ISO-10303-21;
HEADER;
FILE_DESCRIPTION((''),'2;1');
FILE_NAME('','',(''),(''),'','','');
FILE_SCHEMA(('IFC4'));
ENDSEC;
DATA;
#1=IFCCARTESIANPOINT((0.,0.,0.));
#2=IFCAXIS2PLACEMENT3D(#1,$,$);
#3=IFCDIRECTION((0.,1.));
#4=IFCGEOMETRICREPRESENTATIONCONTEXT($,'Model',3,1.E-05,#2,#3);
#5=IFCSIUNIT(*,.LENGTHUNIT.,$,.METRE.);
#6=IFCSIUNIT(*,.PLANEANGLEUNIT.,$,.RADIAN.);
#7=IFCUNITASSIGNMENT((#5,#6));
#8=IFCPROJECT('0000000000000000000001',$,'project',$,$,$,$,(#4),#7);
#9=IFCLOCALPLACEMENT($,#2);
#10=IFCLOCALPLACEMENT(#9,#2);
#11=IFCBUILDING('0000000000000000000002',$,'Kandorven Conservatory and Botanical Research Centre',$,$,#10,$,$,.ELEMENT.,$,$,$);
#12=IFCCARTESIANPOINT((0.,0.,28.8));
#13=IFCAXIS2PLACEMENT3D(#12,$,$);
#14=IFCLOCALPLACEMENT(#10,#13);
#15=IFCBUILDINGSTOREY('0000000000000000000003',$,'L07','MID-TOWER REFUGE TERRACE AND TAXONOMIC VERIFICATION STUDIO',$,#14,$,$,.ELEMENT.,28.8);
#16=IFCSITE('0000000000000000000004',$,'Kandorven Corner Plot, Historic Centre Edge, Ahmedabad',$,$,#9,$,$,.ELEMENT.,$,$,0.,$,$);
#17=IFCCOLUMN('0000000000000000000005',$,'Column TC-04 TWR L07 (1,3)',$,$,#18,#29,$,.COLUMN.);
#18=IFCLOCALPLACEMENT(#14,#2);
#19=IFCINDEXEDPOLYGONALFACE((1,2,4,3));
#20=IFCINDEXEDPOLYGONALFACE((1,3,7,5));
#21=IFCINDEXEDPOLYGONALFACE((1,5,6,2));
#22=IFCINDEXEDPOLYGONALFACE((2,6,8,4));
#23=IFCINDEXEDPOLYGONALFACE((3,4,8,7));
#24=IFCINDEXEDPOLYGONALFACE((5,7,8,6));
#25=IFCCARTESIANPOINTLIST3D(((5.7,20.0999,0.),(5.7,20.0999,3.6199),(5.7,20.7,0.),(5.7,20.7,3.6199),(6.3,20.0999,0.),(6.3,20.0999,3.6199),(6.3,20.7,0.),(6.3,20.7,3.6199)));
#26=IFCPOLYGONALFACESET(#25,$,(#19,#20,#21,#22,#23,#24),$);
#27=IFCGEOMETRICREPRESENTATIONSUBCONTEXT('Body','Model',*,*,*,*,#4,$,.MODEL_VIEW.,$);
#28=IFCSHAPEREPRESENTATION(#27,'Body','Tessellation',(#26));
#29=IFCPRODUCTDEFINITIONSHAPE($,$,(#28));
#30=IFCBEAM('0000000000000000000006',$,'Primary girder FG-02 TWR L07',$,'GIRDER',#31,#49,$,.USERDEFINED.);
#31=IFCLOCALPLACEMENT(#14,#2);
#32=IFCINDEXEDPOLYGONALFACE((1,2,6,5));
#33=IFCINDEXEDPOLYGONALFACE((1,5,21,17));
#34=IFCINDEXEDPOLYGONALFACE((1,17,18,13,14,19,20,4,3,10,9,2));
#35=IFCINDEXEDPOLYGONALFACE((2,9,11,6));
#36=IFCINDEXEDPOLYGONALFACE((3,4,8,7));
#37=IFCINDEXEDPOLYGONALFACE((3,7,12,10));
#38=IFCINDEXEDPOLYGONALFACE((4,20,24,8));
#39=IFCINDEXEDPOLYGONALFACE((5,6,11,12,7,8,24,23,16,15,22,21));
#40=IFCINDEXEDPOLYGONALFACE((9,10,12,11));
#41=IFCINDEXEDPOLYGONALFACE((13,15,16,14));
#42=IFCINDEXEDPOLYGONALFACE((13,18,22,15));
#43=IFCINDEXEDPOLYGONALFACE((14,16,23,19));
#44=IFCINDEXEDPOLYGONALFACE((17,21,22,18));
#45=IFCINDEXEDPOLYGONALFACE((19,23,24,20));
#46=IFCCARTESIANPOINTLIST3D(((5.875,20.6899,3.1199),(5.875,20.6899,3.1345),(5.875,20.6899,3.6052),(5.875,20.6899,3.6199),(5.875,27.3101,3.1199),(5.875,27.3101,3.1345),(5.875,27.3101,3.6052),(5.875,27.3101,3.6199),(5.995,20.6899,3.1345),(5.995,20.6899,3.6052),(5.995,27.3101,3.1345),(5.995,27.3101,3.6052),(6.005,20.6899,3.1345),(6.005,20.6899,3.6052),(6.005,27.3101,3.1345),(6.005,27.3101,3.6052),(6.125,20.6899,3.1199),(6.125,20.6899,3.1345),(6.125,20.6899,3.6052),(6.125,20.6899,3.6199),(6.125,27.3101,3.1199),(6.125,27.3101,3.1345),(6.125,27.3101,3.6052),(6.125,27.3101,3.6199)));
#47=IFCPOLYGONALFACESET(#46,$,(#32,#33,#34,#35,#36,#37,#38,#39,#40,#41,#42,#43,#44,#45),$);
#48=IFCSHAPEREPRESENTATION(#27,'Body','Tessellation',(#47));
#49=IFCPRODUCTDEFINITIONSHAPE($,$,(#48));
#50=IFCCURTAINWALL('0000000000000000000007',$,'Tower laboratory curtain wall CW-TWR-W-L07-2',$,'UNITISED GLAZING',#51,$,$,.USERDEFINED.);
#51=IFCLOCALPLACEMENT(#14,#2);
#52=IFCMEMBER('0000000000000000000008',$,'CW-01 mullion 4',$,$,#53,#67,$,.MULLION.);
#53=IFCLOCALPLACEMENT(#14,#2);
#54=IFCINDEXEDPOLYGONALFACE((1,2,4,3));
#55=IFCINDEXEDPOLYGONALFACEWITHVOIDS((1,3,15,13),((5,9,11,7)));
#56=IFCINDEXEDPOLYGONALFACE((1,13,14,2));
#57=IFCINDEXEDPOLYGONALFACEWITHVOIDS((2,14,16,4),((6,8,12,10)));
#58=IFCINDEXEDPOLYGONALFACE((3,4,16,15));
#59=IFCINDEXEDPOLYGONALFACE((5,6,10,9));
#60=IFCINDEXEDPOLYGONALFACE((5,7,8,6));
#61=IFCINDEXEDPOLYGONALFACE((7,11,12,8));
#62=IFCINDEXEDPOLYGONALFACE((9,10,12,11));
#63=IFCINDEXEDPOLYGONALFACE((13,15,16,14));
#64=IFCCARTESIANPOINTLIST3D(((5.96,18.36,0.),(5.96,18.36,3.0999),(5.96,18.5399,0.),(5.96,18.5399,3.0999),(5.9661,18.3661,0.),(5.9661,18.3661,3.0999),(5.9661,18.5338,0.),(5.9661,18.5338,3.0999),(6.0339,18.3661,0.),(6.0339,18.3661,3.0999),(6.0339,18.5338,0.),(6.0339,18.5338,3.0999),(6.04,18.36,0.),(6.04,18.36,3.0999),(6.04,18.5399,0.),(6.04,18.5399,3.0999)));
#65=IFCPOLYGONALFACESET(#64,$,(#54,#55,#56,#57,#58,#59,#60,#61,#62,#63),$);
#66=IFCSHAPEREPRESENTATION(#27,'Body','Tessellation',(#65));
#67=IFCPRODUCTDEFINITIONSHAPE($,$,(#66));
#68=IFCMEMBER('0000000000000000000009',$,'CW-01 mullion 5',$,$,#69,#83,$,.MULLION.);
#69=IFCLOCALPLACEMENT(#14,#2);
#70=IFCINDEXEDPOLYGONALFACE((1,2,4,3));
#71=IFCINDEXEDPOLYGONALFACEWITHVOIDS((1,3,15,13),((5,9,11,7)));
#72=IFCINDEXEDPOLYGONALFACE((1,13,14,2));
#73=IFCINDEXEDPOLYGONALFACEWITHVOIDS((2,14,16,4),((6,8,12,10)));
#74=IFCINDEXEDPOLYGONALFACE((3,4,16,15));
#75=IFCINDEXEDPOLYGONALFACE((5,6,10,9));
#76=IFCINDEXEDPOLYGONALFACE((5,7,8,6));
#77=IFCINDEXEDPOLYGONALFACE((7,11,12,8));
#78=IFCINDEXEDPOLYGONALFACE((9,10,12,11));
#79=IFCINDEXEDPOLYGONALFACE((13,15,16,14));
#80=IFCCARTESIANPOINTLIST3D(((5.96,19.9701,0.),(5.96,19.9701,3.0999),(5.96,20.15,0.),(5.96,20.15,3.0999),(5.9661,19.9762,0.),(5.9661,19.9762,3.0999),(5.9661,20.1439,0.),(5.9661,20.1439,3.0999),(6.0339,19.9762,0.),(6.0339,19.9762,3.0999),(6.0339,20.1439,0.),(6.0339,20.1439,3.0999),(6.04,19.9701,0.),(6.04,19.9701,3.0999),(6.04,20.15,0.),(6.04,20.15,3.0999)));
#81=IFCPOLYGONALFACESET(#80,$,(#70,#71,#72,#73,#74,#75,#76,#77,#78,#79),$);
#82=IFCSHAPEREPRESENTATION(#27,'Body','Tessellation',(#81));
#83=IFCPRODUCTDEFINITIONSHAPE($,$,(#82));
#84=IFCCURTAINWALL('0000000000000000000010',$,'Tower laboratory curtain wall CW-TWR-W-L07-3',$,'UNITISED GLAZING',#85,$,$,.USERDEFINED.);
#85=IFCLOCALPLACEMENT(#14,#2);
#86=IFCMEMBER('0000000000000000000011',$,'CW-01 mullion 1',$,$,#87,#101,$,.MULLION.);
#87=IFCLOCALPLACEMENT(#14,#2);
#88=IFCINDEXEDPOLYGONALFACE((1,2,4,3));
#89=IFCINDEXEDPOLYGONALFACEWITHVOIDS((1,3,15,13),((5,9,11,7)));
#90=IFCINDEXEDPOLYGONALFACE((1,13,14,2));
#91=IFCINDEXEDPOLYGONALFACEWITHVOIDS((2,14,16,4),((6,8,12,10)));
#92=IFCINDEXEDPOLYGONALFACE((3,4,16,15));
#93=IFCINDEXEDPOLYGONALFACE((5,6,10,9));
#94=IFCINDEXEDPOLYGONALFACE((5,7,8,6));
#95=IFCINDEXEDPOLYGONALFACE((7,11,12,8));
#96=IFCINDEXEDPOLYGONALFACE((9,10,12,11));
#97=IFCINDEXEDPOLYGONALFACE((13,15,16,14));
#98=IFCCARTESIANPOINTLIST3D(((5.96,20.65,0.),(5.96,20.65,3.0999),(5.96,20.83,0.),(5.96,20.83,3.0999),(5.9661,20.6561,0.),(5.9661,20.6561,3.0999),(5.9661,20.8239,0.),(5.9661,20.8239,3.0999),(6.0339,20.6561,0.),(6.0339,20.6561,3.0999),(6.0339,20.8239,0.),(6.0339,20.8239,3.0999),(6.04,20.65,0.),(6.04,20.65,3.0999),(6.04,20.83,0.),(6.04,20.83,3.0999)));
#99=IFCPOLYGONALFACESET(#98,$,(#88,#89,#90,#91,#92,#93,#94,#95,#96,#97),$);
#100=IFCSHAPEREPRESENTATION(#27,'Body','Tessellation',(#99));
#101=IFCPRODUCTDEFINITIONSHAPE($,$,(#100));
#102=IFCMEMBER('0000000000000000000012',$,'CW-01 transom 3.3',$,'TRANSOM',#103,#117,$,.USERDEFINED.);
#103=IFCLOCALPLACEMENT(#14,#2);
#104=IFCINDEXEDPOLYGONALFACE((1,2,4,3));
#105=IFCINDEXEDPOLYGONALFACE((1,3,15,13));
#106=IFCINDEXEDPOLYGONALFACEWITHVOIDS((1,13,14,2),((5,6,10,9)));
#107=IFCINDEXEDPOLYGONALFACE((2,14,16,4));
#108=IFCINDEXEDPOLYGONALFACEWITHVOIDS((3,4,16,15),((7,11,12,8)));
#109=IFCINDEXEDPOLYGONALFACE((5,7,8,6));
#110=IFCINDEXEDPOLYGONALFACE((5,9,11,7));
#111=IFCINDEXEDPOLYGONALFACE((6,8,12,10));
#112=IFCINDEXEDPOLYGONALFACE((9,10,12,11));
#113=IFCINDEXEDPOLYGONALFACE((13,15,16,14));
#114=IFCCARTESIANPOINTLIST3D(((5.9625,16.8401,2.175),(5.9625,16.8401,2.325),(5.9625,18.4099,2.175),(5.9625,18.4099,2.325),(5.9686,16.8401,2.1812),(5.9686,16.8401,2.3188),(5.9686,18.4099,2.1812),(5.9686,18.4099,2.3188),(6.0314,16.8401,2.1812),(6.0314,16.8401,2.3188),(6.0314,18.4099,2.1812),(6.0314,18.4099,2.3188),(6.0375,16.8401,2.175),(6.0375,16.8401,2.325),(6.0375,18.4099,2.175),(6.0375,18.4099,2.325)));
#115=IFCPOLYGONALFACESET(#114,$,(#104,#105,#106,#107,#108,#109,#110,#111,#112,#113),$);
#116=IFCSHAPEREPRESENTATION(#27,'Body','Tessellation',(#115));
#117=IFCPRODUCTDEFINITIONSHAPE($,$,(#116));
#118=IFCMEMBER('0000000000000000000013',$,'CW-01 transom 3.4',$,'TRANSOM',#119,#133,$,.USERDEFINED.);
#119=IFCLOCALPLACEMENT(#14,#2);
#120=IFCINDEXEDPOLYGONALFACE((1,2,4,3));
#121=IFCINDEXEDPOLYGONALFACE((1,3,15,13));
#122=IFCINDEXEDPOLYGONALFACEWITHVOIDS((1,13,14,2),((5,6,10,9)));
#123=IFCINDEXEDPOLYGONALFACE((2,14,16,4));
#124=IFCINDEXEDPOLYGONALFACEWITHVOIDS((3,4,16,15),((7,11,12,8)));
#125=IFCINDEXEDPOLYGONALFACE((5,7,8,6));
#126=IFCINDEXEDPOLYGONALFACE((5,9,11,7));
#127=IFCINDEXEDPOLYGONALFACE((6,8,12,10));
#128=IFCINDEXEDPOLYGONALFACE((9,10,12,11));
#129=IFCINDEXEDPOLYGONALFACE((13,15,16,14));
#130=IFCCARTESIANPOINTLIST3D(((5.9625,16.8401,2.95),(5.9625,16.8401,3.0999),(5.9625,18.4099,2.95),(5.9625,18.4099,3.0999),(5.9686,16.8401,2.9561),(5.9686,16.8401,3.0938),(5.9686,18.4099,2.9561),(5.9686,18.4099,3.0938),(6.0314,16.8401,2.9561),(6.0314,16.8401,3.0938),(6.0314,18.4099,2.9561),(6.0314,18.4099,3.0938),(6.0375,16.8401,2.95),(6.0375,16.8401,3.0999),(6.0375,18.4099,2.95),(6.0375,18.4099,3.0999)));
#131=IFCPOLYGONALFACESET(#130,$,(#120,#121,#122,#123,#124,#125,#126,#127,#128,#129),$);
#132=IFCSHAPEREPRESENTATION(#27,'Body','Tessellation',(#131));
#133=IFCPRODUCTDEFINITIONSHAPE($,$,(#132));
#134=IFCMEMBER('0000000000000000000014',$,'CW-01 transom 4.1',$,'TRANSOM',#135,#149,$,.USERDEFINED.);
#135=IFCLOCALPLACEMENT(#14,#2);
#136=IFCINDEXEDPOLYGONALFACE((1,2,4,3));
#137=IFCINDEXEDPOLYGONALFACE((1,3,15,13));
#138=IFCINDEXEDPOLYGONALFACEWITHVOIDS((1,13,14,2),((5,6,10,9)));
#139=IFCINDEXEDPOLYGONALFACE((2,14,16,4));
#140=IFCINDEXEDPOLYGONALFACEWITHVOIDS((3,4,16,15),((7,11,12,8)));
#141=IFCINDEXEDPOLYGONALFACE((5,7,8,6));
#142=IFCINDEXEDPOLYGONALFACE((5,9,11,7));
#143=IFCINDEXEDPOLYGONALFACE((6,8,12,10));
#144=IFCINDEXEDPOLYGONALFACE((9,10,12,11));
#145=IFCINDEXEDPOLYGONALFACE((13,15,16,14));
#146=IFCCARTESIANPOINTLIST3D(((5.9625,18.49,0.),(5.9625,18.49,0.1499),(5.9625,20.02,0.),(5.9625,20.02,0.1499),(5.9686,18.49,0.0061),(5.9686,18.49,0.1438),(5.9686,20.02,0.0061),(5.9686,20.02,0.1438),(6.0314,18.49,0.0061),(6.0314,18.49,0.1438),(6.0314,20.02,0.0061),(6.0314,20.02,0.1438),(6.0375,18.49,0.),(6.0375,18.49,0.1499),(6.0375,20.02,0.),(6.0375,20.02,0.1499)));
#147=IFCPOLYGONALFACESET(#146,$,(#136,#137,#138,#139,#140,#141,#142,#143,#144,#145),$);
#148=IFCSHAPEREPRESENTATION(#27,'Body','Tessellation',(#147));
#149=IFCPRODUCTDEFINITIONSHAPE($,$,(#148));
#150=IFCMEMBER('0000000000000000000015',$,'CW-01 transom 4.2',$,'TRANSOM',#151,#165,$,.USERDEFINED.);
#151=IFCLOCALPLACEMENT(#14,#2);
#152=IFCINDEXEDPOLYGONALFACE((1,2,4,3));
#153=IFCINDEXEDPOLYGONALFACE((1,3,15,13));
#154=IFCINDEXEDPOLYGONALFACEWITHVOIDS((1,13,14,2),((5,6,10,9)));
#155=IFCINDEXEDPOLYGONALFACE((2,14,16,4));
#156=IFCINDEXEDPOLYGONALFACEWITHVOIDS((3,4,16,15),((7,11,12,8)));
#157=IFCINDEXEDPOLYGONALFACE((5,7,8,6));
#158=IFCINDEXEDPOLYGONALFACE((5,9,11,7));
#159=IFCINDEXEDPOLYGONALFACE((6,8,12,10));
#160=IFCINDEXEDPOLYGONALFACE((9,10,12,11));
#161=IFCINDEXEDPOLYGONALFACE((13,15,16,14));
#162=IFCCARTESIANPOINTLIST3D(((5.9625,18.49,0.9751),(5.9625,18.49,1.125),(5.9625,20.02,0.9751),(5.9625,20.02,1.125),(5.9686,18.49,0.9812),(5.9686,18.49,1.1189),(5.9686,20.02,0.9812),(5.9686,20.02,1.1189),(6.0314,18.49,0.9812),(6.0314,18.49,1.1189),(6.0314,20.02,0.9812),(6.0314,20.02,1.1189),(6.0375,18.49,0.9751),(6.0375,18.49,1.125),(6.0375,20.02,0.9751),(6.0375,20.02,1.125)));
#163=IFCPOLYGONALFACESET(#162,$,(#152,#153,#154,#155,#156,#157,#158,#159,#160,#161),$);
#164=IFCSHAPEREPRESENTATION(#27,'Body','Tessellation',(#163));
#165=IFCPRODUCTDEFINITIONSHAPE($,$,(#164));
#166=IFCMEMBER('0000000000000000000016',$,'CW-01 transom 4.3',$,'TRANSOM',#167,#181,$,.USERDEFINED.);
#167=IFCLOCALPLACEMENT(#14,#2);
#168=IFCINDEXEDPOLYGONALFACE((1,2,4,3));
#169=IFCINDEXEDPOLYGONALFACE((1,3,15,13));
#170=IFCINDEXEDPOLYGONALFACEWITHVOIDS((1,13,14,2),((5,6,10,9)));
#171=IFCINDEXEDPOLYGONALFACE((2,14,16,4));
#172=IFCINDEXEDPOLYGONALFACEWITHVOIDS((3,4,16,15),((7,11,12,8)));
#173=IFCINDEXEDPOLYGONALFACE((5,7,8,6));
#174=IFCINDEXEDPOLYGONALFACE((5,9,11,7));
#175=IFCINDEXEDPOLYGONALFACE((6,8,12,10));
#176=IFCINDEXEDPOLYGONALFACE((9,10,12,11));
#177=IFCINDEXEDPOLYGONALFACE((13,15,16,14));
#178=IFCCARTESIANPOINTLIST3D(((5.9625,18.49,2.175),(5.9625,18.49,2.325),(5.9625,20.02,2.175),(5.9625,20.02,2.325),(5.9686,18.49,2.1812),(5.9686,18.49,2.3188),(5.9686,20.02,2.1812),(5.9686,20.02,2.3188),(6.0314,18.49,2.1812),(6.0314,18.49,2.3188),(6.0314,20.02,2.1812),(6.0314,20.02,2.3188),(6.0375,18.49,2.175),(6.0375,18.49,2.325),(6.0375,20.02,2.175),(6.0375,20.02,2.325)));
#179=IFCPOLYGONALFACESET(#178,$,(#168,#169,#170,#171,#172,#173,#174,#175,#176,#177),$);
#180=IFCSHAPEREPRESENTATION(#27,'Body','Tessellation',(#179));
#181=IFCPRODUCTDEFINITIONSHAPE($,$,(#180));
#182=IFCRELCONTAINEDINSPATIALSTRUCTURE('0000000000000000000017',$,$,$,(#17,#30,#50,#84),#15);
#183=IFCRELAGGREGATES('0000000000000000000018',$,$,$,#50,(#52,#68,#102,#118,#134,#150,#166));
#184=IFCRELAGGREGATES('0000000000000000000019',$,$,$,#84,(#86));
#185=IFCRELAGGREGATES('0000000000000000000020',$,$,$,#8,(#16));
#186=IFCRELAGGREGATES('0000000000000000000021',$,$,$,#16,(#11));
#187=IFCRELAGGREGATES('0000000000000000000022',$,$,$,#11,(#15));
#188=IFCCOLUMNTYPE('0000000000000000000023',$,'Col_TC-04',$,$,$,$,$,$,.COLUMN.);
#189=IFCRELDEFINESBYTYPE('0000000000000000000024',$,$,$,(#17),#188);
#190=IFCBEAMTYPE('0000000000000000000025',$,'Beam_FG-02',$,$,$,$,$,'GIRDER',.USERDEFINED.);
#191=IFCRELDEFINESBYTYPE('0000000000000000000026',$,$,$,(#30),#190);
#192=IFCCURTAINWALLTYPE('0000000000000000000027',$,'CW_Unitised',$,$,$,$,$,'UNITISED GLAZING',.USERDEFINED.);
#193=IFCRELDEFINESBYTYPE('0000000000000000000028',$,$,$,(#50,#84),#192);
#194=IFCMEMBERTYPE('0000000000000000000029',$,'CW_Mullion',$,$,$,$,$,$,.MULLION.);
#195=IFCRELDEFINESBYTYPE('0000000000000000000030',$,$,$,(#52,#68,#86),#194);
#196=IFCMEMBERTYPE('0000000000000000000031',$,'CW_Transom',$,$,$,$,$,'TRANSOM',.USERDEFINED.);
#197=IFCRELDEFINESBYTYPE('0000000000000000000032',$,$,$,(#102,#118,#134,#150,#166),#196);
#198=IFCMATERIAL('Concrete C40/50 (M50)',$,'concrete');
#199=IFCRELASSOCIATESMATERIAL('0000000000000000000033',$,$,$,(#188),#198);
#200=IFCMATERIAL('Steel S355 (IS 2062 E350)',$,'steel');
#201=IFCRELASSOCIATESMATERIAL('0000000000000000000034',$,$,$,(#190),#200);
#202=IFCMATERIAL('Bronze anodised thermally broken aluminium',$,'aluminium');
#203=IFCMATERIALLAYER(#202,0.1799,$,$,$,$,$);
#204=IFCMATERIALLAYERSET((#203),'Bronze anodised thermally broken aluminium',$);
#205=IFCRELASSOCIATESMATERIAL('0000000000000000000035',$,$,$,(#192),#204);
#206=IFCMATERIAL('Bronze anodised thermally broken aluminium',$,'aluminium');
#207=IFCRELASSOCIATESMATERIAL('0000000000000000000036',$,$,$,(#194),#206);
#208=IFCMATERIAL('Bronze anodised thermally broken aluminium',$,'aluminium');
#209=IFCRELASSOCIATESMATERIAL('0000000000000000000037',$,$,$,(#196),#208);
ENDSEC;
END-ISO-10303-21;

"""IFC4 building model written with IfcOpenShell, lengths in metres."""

from ifc_helpers import new_model, si_unit, direction, frame, origin, origin_2d, place, context, subcontext, project, spatial, rectangle, hollow_rectangle, i_section, extrude, material, layer, layer_set, material_profile, profile_set, type_object, element, aggregate, save


model = new_model("IFC4")

# Units and contexts
model_context = context("Model", 3, precision=1e-05, world=origin(), true_north=direction((0.0, 1.0)))
body_context = subcontext(model_context, "Body", "Model", "MODEL_VIEW")
ifc_project = project(units=[si_unit("LENGTHUNIT", "METRE"), si_unit("PLANEANGLEUNIT", "RADIAN")], contexts=[model_context])

# Site, building, storey
site_placement = place(None, origin())
site = spatial("IfcSite", under=ifc_project, at=site_placement, Name="Kandorven Corner Plot, Historic Centre Edge, Ahmedabad", CompositionType="ELEMENT", RefElevation=0.0)
building_placement = place(site_placement, origin())
building = spatial("IfcBuilding", under=site, at=building_placement, Name="Kandorven Conservatory and Botanical Research Centre", CompositionType="ELEMENT")
storey_placement = place(building_placement, frame((0.0, 0.0, 28.8)))
storey = spatial("IfcBuildingStorey", under=building, at=storey_placement, Name="L07", Description="MID-TOWER REFUGE TERRACE AND TAXONOMIC VERIFICATION STUDIO", CompositionType="ELEMENT", Elevation=28.8)

# Column
ifc_material_1 = material(Name="Concrete C40/50 (M50)", Category="concrete")
ifc_material_profile_1 = material_profile(ifc_material_1, rectangle(XDim=0.6001, YDim=0.6001, at=origin_2d()))
ifc_profile_set_1 = profile_set([ifc_material_profile_1], Name="Concrete C40/50 (M50)")
column_type = type_object("IfcColumnType", Name="Col_TC-04", PredefinedType="COLUMN", material=ifc_profile_set_1)
column_placement = place(storey_placement, frame((6.0, 20.3999, 0.0), z_axis=(0.0, 0.0, 1.0), x_axis=(1.0, 0.0, 0.0)))
element("IfcColumn", 1, at=column_placement, inside=storey, type_object=column_type, Name="Column TC-04 TWR L07 (1,3)", PredefinedType="COLUMN", context=body_context, shape_type="SweptSolid", body=[
    extrude(rectangle(XDim=0.6001, YDim=0.6001, at=origin_2d()), origin(), (0.0, 0.0, 1.0), 3.6199),
])

# Beam
ifc_material_2 = material(Name="Steel S355 (IS 2062 E350)", Category="steel")
ifc_material_profile_2 = material_profile(ifc_material_2, i_section(OverallWidth=0.25, OverallDepth=0.5, WebThickness=0.01, FlangeThickness=0.0146, at=origin_2d()))
ifc_profile_set_2 = profile_set([ifc_material_profile_2], Name="Steel S355 (IS 2062 E350)")
beam_type = type_object("IfcBeamType", Name="Beam_FG-02", ElementType="GIRDER", PredefinedType="USERDEFINED", material=ifc_profile_set_2)
beam_placement = place(storey_placement, frame((6.0, 20.6899, 3.3699), z_axis=(0.0, 1.0, 0.0), x_axis=(-1.0, 0.0, 0.0)))
element("IfcBeam", 2, at=beam_placement, inside=storey, type_object=beam_type, Name="Primary girder FG-02 TWR L07", ObjectType="GIRDER", PredefinedType="USERDEFINED", context=body_context, shape_type="SweptSolid", body=[
    extrude(i_section(OverallWidth=0.25, OverallDepth=0.5, WebThickness=0.01, FlangeThickness=0.0146, at=origin_2d()), origin(), (0.0, 0.0, 1.0), 6.6201),
])

# Curtain wall, members
ifc_material_3 = material(Name="Bronze anodised thermally broken aluminium", Category="aluminium")
ifc_layer_1 = layer(ifc_material_3, 0.1799)
ifc_layer_set_1 = layer_set([ifc_layer_1], Name="Bronze anodised thermally broken aluminium")
curtain_wall_type = type_object("IfcCurtainWallType", Name="CW_Unitised", ElementType="UNITISED GLAZING", PredefinedType="USERDEFINED", material=ifc_layer_set_1)
curtain_wall_1_placement = place(storey_placement, origin())
curtain_wall_1 = element("IfcCurtainWall", 3, at=curtain_wall_1_placement, inside=storey, type_object=curtain_wall_type, Name="Tower laboratory curtain wall CW-TWR-W-L07-2", ObjectType="UNITISED GLAZING", PredefinedType="USERDEFINED")
ifc_material_4 = material(Name="Bronze anodised thermally broken aluminium", Category="aluminium")
ifc_material_profile_3 = material_profile(ifc_material_4, hollow_rectangle(XDim=0.0801, YDim=0.1799, WallThickness=0.0061, at=origin_2d()))
ifc_profile_set_3 = profile_set([ifc_material_profile_3], Name="Bronze anodised thermally broken aluminium")
member_type_1 = type_object("IfcMemberType", Name="CW_Mullion", PredefinedType="MULLION", material=ifc_profile_set_3)
member_1_placement = place(storey_placement, frame((6.0, 18.45, 0.0), z_axis=(0.0, 0.0, 1.0), x_axis=(-1.0, 0.0, 0.0)))
member_1 = element("IfcMember", 4, at=member_1_placement, type_object=member_type_1, Name="CW-01 mullion 4", PredefinedType="MULLION", context=body_context, shape_type="SweptSolid", body=[
    extrude(hollow_rectangle(XDim=0.0801, YDim=0.1799, WallThickness=0.0061, at=origin_2d()), origin(), (0.0, 0.0, 1.0), 3.0999),
])
member_2_placement = place(storey_placement, frame((6.0, 20.0601, 0.0), z_axis=(0.0, 0.0, 1.0), x_axis=(-1.0, 0.0, 0.0)))
member_2 = element("IfcMember", 5, at=member_2_placement, type_object=member_type_1, Name="CW-01 mullion 5", PredefinedType="MULLION", context=body_context, shape_type="SweptSolid", body=[
    extrude(hollow_rectangle(XDim=0.0801, YDim=0.1799, WallThickness=0.0061, at=origin_2d()), origin(), (0.0, 0.0, 1.0), 3.0999),
])

# Curtain wall, member
curtain_wall_2_placement = place(storey_placement, origin())
curtain_wall_2 = element("IfcCurtainWall", 6, at=curtain_wall_2_placement, inside=storey, type_object=curtain_wall_type, Name="Tower laboratory curtain wall CW-TWR-W-L07-3", ObjectType="UNITISED GLAZING", PredefinedType="USERDEFINED")
member_3_placement = place(storey_placement, frame((6.0, 20.74, 0.0), z_axis=(0.0, 0.0, 1.0), x_axis=(-1.0, 0.0, 0.0)))
member_3 = element("IfcMember", 7, at=member_3_placement, type_object=member_type_1, Name="CW-01 mullion 1", PredefinedType="MULLION", context=body_context, shape_type="SweptSolid", body=[
    extrude(hollow_rectangle(XDim=0.0801, YDim=0.1799, WallThickness=0.0061, at=origin_2d()), origin(), (0.0, 0.0, 1.0), 3.0999),
])

# Members
ifc_material_5 = material(Name="Bronze anodised thermally broken aluminium", Category="aluminium")
ifc_material_profile_4 = material_profile(ifc_material_5, hollow_rectangle(XDim=0.075, YDim=0.1499, WallThickness=0.0061, at=origin_2d()))
ifc_profile_set_4 = profile_set([ifc_material_profile_4], Name="Bronze anodised thermally broken aluminium")
member_type_2 = type_object("IfcMemberType", Name="CW_Transom", ElementType="TRANSOM", PredefinedType="USERDEFINED", material=ifc_profile_set_4)
member_4_placement = place(storey_placement, frame((6.0, 16.8401, 2.25), z_axis=(0.0, 1.0, 0.0), x_axis=(-1.0, 0.0, 0.0)))
member_4 = element("IfcMember", 8, at=member_4_placement, type_object=member_type_2, Name="CW-01 transom 3.3", ObjectType="TRANSOM", PredefinedType="USERDEFINED", context=body_context, shape_type="SweptSolid", body=[
    extrude(hollow_rectangle(XDim=0.075, YDim=0.1499, WallThickness=0.0061, at=origin_2d()), origin(), (0.0, 0.0, 1.0), 1.5698),
])
member_5_placement = place(storey_placement, frame((6.0, 16.8401, 3.0249), z_axis=(0.0, 1.0, 0.0), x_axis=(-1.0, 0.0, 0.0)))
member_5 = element("IfcMember", 9, at=member_5_placement, type_object=member_type_2, Name="CW-01 transom 3.4", ObjectType="TRANSOM", PredefinedType="USERDEFINED", context=body_context, shape_type="SweptSolid", body=[
    extrude(hollow_rectangle(XDim=0.075, YDim=0.1499, WallThickness=0.0061, at=origin_2d()), origin(), (0.0, 0.0, 1.0), 1.5698),
])
member_6_placement = place(storey_placement, frame((6.0, 18.49, 0.075), z_axis=(0.0, 1.0, 0.0), x_axis=(-1.0, 0.0, 0.0)))
member_6 = element("IfcMember", 10, at=member_6_placement, type_object=member_type_2, Name="CW-01 transom 4.1", ObjectType="TRANSOM", PredefinedType="USERDEFINED", context=body_context, shape_type="SweptSolid", body=[
    extrude(hollow_rectangle(XDim=0.075, YDim=0.1499, WallThickness=0.0061, at=origin_2d()), origin(), (0.0, 0.0, 1.0), 1.53),
])
member_7_placement = place(storey_placement, frame((6.0, 18.49, 1.05), z_axis=(0.0, 1.0, 0.0), x_axis=(-1.0, 0.0, 0.0)))
member_7 = element("IfcMember", 11, at=member_7_placement, type_object=member_type_2, Name="CW-01 transom 4.2", ObjectType="TRANSOM", PredefinedType="USERDEFINED", context=body_context, shape_type="SweptSolid", body=[
    extrude(hollow_rectangle(XDim=0.075, YDim=0.1499, WallThickness=0.0061, at=origin_2d()), origin(), (0.0, 0.0, 1.0), 1.53),
])
member_8_placement = place(storey_placement, frame((6.0, 18.49, 2.25), z_axis=(0.0, 1.0, 0.0), x_axis=(-1.0, 0.0, 0.0)))
member_8 = element("IfcMember", 12, at=member_8_placement, type_object=member_type_2, Name="CW-01 transom 4.3", ObjectType="TRANSOM", PredefinedType="USERDEFINED", context=body_context, shape_type="SweptSolid", body=[
    extrude(hollow_rectangle(XDim=0.075, YDim=0.1499, WallThickness=0.0061, at=origin_2d()), origin(), (0.0, 0.0, 1.0), 1.53),
])

aggregate(curtain_wall_1, [member_1, member_2, member_4, member_5, member_6, member_7, member_8])
aggregate(curtain_wall_2, [member_3])

save(model, "model.ifc")
